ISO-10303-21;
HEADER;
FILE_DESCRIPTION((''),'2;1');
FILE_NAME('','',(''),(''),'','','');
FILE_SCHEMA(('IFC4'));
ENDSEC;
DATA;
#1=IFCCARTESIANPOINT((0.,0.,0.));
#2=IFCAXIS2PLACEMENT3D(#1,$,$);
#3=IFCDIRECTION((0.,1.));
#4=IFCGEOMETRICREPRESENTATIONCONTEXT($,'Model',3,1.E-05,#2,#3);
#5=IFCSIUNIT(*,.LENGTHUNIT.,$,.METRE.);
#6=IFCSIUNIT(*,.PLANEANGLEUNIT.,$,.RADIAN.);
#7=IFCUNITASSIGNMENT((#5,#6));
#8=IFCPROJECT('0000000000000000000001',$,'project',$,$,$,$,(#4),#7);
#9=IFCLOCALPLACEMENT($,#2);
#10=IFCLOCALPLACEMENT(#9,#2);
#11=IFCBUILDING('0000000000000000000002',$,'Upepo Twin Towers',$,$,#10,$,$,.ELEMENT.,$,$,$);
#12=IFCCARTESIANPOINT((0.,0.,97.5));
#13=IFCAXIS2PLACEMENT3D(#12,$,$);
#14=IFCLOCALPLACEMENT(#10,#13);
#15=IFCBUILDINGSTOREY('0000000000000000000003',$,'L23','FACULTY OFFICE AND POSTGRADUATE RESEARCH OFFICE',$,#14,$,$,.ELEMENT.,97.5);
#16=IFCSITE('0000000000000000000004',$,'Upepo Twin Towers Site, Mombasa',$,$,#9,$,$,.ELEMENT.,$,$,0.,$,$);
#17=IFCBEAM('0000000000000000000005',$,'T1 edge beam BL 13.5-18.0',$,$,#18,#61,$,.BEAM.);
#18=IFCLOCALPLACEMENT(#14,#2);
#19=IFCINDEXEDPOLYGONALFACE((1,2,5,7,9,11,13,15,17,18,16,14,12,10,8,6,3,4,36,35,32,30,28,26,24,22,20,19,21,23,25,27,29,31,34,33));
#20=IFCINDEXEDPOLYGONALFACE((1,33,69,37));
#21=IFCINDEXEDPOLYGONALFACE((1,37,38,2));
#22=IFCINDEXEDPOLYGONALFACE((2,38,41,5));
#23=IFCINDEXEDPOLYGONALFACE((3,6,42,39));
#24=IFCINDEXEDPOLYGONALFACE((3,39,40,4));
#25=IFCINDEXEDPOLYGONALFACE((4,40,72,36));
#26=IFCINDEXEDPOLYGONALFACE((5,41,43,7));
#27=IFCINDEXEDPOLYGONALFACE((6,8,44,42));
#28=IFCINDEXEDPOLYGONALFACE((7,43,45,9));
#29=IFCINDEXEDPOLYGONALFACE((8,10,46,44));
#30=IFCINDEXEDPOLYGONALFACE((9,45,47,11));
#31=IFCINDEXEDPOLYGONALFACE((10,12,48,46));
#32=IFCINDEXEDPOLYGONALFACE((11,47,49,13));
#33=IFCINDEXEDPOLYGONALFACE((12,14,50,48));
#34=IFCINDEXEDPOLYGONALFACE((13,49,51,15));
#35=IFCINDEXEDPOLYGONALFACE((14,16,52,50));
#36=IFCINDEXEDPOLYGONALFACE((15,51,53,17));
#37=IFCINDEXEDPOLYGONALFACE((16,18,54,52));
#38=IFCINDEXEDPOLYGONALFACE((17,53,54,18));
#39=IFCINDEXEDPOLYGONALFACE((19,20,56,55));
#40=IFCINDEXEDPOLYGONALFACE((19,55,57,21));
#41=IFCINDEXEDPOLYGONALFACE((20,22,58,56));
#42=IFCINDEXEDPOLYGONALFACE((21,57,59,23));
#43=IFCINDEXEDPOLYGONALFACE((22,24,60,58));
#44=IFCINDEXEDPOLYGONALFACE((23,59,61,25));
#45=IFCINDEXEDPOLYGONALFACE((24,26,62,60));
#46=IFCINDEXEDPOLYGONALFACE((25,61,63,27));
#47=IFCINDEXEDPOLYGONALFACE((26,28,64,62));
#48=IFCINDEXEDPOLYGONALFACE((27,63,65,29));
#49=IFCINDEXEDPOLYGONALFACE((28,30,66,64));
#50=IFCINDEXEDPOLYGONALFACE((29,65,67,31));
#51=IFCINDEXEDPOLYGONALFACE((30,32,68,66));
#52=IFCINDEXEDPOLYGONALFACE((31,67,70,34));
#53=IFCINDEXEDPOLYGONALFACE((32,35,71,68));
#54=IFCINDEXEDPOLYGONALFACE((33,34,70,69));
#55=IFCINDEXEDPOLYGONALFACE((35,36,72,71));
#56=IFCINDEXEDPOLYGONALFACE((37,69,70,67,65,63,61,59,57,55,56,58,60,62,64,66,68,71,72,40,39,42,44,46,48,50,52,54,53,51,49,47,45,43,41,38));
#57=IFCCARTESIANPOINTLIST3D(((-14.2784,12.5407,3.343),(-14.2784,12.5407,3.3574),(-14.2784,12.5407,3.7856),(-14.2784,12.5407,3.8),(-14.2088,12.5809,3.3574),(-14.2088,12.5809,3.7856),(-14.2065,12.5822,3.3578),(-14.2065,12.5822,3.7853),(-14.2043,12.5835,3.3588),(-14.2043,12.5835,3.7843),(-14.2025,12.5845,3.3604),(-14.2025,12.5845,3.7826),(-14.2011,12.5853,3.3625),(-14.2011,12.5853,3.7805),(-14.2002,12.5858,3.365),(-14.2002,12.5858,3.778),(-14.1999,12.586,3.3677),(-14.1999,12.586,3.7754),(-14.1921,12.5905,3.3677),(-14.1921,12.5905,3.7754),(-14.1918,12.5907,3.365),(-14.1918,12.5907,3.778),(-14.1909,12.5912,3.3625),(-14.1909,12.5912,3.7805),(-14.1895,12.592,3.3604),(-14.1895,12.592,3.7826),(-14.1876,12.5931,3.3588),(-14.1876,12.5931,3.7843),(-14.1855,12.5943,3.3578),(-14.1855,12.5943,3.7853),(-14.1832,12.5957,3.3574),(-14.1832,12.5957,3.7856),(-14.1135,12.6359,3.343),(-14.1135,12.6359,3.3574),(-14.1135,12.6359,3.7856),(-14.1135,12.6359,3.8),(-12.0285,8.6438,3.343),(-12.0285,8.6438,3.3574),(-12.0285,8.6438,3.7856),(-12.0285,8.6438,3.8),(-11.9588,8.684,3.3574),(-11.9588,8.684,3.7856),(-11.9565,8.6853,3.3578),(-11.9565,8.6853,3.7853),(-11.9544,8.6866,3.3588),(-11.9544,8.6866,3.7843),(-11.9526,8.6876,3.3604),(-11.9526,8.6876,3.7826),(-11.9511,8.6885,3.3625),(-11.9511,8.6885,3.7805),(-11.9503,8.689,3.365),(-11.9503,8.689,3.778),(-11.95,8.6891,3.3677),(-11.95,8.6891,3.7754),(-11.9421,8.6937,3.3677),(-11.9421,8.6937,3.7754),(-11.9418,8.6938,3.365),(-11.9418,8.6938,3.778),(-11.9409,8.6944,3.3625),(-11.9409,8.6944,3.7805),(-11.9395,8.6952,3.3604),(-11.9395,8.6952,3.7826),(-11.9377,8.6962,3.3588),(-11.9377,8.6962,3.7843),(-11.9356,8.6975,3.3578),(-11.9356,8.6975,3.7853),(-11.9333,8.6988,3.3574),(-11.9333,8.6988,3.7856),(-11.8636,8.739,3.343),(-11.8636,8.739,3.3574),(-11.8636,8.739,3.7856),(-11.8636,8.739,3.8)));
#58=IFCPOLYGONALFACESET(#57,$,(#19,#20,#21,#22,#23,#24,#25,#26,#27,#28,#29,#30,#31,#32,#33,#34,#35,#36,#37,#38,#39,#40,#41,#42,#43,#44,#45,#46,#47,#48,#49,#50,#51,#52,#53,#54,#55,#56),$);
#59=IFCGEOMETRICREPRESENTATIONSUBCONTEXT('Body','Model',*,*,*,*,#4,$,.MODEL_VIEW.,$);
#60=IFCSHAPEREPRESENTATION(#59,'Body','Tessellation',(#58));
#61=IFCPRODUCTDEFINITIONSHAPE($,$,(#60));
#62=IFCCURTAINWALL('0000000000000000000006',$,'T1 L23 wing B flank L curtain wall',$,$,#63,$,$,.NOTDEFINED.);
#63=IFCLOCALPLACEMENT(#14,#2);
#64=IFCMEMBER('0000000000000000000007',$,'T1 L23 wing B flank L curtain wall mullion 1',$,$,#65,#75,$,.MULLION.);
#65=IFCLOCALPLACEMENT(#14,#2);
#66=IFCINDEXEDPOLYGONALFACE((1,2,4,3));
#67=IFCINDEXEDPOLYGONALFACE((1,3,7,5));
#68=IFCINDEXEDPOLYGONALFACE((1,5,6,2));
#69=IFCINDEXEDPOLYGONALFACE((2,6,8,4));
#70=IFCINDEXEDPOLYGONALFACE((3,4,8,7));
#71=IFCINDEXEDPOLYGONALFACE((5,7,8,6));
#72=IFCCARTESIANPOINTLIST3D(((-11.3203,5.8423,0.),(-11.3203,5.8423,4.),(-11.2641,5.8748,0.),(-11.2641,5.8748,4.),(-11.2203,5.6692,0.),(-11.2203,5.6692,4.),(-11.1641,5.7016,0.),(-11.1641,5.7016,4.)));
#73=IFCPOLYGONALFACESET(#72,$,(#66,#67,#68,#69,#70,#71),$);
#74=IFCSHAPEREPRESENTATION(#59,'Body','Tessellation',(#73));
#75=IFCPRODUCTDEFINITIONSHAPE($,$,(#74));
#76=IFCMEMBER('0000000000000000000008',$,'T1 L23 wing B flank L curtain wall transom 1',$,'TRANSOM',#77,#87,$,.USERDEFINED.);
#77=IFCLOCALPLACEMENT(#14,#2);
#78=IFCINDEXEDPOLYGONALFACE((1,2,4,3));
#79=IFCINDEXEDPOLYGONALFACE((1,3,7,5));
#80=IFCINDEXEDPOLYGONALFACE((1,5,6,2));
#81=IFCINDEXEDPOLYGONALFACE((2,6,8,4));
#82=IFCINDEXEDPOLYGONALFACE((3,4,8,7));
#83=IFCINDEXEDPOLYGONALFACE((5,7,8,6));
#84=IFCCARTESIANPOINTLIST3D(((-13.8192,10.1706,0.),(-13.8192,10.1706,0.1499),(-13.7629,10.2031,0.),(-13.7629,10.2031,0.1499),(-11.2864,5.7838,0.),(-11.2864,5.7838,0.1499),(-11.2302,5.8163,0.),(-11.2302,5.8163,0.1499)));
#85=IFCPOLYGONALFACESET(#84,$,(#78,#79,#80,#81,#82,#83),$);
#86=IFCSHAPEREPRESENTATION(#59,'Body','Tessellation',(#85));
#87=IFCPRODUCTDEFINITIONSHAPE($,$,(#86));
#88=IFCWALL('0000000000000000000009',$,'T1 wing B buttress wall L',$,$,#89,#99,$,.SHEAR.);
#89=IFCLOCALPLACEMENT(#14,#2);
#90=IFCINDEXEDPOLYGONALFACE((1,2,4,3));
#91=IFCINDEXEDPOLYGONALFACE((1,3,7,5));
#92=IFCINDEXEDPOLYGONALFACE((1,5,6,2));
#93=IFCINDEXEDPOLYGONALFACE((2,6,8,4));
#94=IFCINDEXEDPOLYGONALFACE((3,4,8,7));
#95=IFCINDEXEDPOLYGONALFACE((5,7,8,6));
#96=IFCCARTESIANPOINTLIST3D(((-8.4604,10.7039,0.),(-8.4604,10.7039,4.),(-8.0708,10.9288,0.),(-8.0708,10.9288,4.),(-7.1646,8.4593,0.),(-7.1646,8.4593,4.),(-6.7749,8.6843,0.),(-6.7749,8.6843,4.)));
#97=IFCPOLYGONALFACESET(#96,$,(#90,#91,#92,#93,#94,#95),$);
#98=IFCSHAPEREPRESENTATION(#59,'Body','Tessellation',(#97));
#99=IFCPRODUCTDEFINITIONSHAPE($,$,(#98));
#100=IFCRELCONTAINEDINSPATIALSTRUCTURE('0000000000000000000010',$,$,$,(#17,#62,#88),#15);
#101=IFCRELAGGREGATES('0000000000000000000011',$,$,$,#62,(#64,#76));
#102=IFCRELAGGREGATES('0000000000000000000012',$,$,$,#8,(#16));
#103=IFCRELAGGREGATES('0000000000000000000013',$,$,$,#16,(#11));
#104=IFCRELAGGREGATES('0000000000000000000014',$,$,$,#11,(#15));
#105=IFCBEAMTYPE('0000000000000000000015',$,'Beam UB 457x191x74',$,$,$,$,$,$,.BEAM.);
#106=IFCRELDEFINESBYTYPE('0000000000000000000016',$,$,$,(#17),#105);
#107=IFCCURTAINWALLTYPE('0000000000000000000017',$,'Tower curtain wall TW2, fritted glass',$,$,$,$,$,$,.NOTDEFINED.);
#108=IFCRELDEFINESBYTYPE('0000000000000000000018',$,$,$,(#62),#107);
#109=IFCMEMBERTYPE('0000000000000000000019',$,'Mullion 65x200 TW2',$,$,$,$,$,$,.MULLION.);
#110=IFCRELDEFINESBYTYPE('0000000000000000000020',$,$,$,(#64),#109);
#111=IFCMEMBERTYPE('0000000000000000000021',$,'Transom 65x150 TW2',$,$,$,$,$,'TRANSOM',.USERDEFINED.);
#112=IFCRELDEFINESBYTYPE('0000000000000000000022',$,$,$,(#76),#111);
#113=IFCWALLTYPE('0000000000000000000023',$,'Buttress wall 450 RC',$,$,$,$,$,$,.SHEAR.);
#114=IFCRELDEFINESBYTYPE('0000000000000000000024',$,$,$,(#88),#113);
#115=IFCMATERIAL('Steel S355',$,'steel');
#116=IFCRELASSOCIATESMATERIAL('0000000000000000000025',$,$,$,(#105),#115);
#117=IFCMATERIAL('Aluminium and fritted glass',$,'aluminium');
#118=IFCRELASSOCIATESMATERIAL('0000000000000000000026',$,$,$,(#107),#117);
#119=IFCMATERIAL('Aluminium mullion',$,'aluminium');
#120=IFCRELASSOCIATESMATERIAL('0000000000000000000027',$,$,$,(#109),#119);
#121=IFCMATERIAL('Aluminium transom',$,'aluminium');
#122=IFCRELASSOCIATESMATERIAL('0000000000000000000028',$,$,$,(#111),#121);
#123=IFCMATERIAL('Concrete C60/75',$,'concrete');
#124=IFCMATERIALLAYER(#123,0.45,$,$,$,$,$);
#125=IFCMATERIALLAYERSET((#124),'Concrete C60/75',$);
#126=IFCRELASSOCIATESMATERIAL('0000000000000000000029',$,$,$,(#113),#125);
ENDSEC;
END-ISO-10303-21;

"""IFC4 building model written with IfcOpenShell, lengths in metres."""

from ifc_helpers import new_model, si_unit, direction, frame, frame_2d, origin, origin_2d, place, context, subcontext, project, spatial, rectangle, i_section, extrude, material, layer, layer_set, material_profile, profile_set, type_object, element, aggregate, save


model = new_model("IFC4")

# Units and contexts
model_context = context("Model", 3, precision=1e-05, world=origin(), true_north=direction((0.0, 1.0)))
body_context = subcontext(model_context, "Body", "Model", "MODEL_VIEW")
ifc_project = project(units=[si_unit("LENGTHUNIT", "METRE"), si_unit("PLANEANGLEUNIT", "RADIAN")], contexts=[model_context])

# Site, building, storey
site_placement = place(None, origin())
site = spatial("IfcSite", under=ifc_project, at=site_placement, Name="Upepo Twin Towers Site, Mombasa", CompositionType="ELEMENT", RefElevation=0.0)
building_placement = place(site_placement, origin())
building = spatial("IfcBuilding", under=site, at=building_placement, Name="Upepo Twin Towers", CompositionType="ELEMENT")
storey_placement = place(building_placement, frame((0.0, 0.0, 97.5)))
storey = spatial("IfcBuildingStorey", under=building, at=storey_placement, Name="L23", Description="FACULTY OFFICE AND POSTGRADUATE RESEARCH OFFICE", CompositionType="ELEMENT", Elevation=97.5)

# Beam
ifc_material_1 = material(Name="Steel S355", Category="steel")
ifc_material_profile_1 = material_profile(ifc_material_1, i_section(OverallWidth=0.1904, OverallDepth=0.457, WebThickness=0.009, FlangeThickness=0.0144, FilletRadius=0.0103, at=origin_2d()), Name="UB 457x191x74")
ifc_profile_set_1 = profile_set([ifc_material_profile_1], Name="Steel S355")
beam_type = type_object("IfcBeamType", Name="Beam UB 457x191x74", PredefinedType="BEAM", material=ifc_profile_set_1)
beam_placement = place(storey_placement, frame((-11.946, 8.6914, 3.5715), z_axis=(-0.500014, 0.866018, 0.0), x_axis=(-0.866018, -0.500014, 0.0)))
element("IfcBeam", 1, at=beam_placement, inside=storey, type_object=beam_type, Name="T1 edge beam BL 13.5-18.0", PredefinedType="BEAM", context=body_context, shape_type="SweptSolid", body=[
    extrude(i_section(OverallWidth=0.1904, OverallDepth=0.457, WebThickness=0.009, FlangeThickness=0.0144, FilletRadius=0.0103, at=origin_2d()), origin(), (0.0, 0.0, 1.0), 4.4998),
])

# Curtain wall, members
ifc_material_2 = material(Name="Aluminium and fritted glass", Category="aluminium")
curtain_wall_type = type_object("IfcCurtainWallType", Name="Tower curtain wall TW2, fritted glass", PredefinedType="NOTDEFINED", material=ifc_material_2)
curtain_wall_placement = place(storey_placement, origin())
curtain_wall = element("IfcCurtainWall", 2, at=curtain_wall_placement, inside=storey, type_object=curtain_wall_type, Name="T1 L23 wing B flank L curtain wall", PredefinedType="NOTDEFINED")
ifc_material_3 = material(Name="Aluminium mullion", Category="aluminium")
ifc_material_profile_2 = material_profile(ifc_material_3, rectangle(XDim=0.0649, YDim=0.2, at=origin_2d()), Name="MULLION 65x200")
ifc_profile_set_2 = profile_set([ifc_material_profile_2], Name="Aluminium mullion")
member_type_1 = type_object("IfcMemberType", Name="Mullion 65x200 TW2", PredefinedType="MULLION", material=ifc_profile_set_2)
member_1_placement = place(storey_placement, frame((-11.2422, 5.772, 0.0), z_axis=(0.0, 0.0, 1.0), x_axis=(-0.866025, -0.5, 0.0)))
member_1 = element("IfcMember", 3, at=member_1_placement, type_object=member_type_1, Name="T1 L23 wing B flank L curtain wall mullion 1", PredefinedType="MULLION", context=body_context, shape_type="SweptSolid", body=[
    extrude(rectangle(XDim=0.0649, YDim=0.2, at=origin_2d()), origin(), (0.0, 0.0, 1.0), 4.0),
])
ifc_material_4 = material(Name="Aluminium transom", Category="aluminium")
ifc_material_profile_3 = material_profile(ifc_material_4, rectangle(XDim=0.0649, YDim=0.1499, at=origin_2d()), Name="TRANSOM 65x150")
ifc_profile_set_3 = profile_set([ifc_material_profile_3], Name="Aluminium transom")
member_type_2 = type_object("IfcMemberType", Name="Transom 65x150 TW2", ElementType="TRANSOM", PredefinedType="USERDEFINED", material=ifc_profile_set_3)
member_2_placement = place(storey_placement, frame((-11.2583, 5.8, 0.075), z_axis=(-0.500006, 0.866022, 0.0), x_axis=(-0.866022, -0.500006, 0.0)))
member_2 = element("IfcMember", 4, at=member_2_placement, type_object=member_type_2, Name="T1 L23 wing B flank L curtain wall transom 1", ObjectType="TRANSOM", PredefinedType="USERDEFINED", context=body_context, shape_type="SweptSolid", body=[
    extrude(rectangle(XDim=0.0649, YDim=0.1499, at=origin_2d()), origin(), (0.0, 0.0, 1.0), 5.0654),
])
aggregate(curtain_wall, [member_1, member_2])

# Wall
ifc_material_5 = material(Name="Concrete C60/75", Category="concrete")
ifc_layer_1 = layer(ifc_material_5, 0.45)
ifc_layer_set_1 = layer_set([ifc_layer_1], Name="Concrete C60/75")
wall_type_1 = type_object("IfcWallType", Name="Buttress wall 450 RC", PredefinedType="SHEAR", material=ifc_layer_set_1)
wall_1_placement = place(storey_placement, frame((-6.9697, 8.5718, 0.0), z_axis=(0.0, 0.0, 1.0), x_axis=(-0.499989, 0.866032, 0.0)))
element("IfcWall", 5, at=wall_1_placement, inside=storey, type_object=wall_type_1, Name="T1 wing B buttress wall L", PredefinedType="SHEAR", context=body_context, shape_type="SweptSolid", body=[
    extrude(rectangle(XDim=2.5918, YDim=0.45, at=frame_2d((1.2959, 0.0))), origin(), (0.0, 0.0, 1.0), 4.0),
])

save(model, "model.ifc")
